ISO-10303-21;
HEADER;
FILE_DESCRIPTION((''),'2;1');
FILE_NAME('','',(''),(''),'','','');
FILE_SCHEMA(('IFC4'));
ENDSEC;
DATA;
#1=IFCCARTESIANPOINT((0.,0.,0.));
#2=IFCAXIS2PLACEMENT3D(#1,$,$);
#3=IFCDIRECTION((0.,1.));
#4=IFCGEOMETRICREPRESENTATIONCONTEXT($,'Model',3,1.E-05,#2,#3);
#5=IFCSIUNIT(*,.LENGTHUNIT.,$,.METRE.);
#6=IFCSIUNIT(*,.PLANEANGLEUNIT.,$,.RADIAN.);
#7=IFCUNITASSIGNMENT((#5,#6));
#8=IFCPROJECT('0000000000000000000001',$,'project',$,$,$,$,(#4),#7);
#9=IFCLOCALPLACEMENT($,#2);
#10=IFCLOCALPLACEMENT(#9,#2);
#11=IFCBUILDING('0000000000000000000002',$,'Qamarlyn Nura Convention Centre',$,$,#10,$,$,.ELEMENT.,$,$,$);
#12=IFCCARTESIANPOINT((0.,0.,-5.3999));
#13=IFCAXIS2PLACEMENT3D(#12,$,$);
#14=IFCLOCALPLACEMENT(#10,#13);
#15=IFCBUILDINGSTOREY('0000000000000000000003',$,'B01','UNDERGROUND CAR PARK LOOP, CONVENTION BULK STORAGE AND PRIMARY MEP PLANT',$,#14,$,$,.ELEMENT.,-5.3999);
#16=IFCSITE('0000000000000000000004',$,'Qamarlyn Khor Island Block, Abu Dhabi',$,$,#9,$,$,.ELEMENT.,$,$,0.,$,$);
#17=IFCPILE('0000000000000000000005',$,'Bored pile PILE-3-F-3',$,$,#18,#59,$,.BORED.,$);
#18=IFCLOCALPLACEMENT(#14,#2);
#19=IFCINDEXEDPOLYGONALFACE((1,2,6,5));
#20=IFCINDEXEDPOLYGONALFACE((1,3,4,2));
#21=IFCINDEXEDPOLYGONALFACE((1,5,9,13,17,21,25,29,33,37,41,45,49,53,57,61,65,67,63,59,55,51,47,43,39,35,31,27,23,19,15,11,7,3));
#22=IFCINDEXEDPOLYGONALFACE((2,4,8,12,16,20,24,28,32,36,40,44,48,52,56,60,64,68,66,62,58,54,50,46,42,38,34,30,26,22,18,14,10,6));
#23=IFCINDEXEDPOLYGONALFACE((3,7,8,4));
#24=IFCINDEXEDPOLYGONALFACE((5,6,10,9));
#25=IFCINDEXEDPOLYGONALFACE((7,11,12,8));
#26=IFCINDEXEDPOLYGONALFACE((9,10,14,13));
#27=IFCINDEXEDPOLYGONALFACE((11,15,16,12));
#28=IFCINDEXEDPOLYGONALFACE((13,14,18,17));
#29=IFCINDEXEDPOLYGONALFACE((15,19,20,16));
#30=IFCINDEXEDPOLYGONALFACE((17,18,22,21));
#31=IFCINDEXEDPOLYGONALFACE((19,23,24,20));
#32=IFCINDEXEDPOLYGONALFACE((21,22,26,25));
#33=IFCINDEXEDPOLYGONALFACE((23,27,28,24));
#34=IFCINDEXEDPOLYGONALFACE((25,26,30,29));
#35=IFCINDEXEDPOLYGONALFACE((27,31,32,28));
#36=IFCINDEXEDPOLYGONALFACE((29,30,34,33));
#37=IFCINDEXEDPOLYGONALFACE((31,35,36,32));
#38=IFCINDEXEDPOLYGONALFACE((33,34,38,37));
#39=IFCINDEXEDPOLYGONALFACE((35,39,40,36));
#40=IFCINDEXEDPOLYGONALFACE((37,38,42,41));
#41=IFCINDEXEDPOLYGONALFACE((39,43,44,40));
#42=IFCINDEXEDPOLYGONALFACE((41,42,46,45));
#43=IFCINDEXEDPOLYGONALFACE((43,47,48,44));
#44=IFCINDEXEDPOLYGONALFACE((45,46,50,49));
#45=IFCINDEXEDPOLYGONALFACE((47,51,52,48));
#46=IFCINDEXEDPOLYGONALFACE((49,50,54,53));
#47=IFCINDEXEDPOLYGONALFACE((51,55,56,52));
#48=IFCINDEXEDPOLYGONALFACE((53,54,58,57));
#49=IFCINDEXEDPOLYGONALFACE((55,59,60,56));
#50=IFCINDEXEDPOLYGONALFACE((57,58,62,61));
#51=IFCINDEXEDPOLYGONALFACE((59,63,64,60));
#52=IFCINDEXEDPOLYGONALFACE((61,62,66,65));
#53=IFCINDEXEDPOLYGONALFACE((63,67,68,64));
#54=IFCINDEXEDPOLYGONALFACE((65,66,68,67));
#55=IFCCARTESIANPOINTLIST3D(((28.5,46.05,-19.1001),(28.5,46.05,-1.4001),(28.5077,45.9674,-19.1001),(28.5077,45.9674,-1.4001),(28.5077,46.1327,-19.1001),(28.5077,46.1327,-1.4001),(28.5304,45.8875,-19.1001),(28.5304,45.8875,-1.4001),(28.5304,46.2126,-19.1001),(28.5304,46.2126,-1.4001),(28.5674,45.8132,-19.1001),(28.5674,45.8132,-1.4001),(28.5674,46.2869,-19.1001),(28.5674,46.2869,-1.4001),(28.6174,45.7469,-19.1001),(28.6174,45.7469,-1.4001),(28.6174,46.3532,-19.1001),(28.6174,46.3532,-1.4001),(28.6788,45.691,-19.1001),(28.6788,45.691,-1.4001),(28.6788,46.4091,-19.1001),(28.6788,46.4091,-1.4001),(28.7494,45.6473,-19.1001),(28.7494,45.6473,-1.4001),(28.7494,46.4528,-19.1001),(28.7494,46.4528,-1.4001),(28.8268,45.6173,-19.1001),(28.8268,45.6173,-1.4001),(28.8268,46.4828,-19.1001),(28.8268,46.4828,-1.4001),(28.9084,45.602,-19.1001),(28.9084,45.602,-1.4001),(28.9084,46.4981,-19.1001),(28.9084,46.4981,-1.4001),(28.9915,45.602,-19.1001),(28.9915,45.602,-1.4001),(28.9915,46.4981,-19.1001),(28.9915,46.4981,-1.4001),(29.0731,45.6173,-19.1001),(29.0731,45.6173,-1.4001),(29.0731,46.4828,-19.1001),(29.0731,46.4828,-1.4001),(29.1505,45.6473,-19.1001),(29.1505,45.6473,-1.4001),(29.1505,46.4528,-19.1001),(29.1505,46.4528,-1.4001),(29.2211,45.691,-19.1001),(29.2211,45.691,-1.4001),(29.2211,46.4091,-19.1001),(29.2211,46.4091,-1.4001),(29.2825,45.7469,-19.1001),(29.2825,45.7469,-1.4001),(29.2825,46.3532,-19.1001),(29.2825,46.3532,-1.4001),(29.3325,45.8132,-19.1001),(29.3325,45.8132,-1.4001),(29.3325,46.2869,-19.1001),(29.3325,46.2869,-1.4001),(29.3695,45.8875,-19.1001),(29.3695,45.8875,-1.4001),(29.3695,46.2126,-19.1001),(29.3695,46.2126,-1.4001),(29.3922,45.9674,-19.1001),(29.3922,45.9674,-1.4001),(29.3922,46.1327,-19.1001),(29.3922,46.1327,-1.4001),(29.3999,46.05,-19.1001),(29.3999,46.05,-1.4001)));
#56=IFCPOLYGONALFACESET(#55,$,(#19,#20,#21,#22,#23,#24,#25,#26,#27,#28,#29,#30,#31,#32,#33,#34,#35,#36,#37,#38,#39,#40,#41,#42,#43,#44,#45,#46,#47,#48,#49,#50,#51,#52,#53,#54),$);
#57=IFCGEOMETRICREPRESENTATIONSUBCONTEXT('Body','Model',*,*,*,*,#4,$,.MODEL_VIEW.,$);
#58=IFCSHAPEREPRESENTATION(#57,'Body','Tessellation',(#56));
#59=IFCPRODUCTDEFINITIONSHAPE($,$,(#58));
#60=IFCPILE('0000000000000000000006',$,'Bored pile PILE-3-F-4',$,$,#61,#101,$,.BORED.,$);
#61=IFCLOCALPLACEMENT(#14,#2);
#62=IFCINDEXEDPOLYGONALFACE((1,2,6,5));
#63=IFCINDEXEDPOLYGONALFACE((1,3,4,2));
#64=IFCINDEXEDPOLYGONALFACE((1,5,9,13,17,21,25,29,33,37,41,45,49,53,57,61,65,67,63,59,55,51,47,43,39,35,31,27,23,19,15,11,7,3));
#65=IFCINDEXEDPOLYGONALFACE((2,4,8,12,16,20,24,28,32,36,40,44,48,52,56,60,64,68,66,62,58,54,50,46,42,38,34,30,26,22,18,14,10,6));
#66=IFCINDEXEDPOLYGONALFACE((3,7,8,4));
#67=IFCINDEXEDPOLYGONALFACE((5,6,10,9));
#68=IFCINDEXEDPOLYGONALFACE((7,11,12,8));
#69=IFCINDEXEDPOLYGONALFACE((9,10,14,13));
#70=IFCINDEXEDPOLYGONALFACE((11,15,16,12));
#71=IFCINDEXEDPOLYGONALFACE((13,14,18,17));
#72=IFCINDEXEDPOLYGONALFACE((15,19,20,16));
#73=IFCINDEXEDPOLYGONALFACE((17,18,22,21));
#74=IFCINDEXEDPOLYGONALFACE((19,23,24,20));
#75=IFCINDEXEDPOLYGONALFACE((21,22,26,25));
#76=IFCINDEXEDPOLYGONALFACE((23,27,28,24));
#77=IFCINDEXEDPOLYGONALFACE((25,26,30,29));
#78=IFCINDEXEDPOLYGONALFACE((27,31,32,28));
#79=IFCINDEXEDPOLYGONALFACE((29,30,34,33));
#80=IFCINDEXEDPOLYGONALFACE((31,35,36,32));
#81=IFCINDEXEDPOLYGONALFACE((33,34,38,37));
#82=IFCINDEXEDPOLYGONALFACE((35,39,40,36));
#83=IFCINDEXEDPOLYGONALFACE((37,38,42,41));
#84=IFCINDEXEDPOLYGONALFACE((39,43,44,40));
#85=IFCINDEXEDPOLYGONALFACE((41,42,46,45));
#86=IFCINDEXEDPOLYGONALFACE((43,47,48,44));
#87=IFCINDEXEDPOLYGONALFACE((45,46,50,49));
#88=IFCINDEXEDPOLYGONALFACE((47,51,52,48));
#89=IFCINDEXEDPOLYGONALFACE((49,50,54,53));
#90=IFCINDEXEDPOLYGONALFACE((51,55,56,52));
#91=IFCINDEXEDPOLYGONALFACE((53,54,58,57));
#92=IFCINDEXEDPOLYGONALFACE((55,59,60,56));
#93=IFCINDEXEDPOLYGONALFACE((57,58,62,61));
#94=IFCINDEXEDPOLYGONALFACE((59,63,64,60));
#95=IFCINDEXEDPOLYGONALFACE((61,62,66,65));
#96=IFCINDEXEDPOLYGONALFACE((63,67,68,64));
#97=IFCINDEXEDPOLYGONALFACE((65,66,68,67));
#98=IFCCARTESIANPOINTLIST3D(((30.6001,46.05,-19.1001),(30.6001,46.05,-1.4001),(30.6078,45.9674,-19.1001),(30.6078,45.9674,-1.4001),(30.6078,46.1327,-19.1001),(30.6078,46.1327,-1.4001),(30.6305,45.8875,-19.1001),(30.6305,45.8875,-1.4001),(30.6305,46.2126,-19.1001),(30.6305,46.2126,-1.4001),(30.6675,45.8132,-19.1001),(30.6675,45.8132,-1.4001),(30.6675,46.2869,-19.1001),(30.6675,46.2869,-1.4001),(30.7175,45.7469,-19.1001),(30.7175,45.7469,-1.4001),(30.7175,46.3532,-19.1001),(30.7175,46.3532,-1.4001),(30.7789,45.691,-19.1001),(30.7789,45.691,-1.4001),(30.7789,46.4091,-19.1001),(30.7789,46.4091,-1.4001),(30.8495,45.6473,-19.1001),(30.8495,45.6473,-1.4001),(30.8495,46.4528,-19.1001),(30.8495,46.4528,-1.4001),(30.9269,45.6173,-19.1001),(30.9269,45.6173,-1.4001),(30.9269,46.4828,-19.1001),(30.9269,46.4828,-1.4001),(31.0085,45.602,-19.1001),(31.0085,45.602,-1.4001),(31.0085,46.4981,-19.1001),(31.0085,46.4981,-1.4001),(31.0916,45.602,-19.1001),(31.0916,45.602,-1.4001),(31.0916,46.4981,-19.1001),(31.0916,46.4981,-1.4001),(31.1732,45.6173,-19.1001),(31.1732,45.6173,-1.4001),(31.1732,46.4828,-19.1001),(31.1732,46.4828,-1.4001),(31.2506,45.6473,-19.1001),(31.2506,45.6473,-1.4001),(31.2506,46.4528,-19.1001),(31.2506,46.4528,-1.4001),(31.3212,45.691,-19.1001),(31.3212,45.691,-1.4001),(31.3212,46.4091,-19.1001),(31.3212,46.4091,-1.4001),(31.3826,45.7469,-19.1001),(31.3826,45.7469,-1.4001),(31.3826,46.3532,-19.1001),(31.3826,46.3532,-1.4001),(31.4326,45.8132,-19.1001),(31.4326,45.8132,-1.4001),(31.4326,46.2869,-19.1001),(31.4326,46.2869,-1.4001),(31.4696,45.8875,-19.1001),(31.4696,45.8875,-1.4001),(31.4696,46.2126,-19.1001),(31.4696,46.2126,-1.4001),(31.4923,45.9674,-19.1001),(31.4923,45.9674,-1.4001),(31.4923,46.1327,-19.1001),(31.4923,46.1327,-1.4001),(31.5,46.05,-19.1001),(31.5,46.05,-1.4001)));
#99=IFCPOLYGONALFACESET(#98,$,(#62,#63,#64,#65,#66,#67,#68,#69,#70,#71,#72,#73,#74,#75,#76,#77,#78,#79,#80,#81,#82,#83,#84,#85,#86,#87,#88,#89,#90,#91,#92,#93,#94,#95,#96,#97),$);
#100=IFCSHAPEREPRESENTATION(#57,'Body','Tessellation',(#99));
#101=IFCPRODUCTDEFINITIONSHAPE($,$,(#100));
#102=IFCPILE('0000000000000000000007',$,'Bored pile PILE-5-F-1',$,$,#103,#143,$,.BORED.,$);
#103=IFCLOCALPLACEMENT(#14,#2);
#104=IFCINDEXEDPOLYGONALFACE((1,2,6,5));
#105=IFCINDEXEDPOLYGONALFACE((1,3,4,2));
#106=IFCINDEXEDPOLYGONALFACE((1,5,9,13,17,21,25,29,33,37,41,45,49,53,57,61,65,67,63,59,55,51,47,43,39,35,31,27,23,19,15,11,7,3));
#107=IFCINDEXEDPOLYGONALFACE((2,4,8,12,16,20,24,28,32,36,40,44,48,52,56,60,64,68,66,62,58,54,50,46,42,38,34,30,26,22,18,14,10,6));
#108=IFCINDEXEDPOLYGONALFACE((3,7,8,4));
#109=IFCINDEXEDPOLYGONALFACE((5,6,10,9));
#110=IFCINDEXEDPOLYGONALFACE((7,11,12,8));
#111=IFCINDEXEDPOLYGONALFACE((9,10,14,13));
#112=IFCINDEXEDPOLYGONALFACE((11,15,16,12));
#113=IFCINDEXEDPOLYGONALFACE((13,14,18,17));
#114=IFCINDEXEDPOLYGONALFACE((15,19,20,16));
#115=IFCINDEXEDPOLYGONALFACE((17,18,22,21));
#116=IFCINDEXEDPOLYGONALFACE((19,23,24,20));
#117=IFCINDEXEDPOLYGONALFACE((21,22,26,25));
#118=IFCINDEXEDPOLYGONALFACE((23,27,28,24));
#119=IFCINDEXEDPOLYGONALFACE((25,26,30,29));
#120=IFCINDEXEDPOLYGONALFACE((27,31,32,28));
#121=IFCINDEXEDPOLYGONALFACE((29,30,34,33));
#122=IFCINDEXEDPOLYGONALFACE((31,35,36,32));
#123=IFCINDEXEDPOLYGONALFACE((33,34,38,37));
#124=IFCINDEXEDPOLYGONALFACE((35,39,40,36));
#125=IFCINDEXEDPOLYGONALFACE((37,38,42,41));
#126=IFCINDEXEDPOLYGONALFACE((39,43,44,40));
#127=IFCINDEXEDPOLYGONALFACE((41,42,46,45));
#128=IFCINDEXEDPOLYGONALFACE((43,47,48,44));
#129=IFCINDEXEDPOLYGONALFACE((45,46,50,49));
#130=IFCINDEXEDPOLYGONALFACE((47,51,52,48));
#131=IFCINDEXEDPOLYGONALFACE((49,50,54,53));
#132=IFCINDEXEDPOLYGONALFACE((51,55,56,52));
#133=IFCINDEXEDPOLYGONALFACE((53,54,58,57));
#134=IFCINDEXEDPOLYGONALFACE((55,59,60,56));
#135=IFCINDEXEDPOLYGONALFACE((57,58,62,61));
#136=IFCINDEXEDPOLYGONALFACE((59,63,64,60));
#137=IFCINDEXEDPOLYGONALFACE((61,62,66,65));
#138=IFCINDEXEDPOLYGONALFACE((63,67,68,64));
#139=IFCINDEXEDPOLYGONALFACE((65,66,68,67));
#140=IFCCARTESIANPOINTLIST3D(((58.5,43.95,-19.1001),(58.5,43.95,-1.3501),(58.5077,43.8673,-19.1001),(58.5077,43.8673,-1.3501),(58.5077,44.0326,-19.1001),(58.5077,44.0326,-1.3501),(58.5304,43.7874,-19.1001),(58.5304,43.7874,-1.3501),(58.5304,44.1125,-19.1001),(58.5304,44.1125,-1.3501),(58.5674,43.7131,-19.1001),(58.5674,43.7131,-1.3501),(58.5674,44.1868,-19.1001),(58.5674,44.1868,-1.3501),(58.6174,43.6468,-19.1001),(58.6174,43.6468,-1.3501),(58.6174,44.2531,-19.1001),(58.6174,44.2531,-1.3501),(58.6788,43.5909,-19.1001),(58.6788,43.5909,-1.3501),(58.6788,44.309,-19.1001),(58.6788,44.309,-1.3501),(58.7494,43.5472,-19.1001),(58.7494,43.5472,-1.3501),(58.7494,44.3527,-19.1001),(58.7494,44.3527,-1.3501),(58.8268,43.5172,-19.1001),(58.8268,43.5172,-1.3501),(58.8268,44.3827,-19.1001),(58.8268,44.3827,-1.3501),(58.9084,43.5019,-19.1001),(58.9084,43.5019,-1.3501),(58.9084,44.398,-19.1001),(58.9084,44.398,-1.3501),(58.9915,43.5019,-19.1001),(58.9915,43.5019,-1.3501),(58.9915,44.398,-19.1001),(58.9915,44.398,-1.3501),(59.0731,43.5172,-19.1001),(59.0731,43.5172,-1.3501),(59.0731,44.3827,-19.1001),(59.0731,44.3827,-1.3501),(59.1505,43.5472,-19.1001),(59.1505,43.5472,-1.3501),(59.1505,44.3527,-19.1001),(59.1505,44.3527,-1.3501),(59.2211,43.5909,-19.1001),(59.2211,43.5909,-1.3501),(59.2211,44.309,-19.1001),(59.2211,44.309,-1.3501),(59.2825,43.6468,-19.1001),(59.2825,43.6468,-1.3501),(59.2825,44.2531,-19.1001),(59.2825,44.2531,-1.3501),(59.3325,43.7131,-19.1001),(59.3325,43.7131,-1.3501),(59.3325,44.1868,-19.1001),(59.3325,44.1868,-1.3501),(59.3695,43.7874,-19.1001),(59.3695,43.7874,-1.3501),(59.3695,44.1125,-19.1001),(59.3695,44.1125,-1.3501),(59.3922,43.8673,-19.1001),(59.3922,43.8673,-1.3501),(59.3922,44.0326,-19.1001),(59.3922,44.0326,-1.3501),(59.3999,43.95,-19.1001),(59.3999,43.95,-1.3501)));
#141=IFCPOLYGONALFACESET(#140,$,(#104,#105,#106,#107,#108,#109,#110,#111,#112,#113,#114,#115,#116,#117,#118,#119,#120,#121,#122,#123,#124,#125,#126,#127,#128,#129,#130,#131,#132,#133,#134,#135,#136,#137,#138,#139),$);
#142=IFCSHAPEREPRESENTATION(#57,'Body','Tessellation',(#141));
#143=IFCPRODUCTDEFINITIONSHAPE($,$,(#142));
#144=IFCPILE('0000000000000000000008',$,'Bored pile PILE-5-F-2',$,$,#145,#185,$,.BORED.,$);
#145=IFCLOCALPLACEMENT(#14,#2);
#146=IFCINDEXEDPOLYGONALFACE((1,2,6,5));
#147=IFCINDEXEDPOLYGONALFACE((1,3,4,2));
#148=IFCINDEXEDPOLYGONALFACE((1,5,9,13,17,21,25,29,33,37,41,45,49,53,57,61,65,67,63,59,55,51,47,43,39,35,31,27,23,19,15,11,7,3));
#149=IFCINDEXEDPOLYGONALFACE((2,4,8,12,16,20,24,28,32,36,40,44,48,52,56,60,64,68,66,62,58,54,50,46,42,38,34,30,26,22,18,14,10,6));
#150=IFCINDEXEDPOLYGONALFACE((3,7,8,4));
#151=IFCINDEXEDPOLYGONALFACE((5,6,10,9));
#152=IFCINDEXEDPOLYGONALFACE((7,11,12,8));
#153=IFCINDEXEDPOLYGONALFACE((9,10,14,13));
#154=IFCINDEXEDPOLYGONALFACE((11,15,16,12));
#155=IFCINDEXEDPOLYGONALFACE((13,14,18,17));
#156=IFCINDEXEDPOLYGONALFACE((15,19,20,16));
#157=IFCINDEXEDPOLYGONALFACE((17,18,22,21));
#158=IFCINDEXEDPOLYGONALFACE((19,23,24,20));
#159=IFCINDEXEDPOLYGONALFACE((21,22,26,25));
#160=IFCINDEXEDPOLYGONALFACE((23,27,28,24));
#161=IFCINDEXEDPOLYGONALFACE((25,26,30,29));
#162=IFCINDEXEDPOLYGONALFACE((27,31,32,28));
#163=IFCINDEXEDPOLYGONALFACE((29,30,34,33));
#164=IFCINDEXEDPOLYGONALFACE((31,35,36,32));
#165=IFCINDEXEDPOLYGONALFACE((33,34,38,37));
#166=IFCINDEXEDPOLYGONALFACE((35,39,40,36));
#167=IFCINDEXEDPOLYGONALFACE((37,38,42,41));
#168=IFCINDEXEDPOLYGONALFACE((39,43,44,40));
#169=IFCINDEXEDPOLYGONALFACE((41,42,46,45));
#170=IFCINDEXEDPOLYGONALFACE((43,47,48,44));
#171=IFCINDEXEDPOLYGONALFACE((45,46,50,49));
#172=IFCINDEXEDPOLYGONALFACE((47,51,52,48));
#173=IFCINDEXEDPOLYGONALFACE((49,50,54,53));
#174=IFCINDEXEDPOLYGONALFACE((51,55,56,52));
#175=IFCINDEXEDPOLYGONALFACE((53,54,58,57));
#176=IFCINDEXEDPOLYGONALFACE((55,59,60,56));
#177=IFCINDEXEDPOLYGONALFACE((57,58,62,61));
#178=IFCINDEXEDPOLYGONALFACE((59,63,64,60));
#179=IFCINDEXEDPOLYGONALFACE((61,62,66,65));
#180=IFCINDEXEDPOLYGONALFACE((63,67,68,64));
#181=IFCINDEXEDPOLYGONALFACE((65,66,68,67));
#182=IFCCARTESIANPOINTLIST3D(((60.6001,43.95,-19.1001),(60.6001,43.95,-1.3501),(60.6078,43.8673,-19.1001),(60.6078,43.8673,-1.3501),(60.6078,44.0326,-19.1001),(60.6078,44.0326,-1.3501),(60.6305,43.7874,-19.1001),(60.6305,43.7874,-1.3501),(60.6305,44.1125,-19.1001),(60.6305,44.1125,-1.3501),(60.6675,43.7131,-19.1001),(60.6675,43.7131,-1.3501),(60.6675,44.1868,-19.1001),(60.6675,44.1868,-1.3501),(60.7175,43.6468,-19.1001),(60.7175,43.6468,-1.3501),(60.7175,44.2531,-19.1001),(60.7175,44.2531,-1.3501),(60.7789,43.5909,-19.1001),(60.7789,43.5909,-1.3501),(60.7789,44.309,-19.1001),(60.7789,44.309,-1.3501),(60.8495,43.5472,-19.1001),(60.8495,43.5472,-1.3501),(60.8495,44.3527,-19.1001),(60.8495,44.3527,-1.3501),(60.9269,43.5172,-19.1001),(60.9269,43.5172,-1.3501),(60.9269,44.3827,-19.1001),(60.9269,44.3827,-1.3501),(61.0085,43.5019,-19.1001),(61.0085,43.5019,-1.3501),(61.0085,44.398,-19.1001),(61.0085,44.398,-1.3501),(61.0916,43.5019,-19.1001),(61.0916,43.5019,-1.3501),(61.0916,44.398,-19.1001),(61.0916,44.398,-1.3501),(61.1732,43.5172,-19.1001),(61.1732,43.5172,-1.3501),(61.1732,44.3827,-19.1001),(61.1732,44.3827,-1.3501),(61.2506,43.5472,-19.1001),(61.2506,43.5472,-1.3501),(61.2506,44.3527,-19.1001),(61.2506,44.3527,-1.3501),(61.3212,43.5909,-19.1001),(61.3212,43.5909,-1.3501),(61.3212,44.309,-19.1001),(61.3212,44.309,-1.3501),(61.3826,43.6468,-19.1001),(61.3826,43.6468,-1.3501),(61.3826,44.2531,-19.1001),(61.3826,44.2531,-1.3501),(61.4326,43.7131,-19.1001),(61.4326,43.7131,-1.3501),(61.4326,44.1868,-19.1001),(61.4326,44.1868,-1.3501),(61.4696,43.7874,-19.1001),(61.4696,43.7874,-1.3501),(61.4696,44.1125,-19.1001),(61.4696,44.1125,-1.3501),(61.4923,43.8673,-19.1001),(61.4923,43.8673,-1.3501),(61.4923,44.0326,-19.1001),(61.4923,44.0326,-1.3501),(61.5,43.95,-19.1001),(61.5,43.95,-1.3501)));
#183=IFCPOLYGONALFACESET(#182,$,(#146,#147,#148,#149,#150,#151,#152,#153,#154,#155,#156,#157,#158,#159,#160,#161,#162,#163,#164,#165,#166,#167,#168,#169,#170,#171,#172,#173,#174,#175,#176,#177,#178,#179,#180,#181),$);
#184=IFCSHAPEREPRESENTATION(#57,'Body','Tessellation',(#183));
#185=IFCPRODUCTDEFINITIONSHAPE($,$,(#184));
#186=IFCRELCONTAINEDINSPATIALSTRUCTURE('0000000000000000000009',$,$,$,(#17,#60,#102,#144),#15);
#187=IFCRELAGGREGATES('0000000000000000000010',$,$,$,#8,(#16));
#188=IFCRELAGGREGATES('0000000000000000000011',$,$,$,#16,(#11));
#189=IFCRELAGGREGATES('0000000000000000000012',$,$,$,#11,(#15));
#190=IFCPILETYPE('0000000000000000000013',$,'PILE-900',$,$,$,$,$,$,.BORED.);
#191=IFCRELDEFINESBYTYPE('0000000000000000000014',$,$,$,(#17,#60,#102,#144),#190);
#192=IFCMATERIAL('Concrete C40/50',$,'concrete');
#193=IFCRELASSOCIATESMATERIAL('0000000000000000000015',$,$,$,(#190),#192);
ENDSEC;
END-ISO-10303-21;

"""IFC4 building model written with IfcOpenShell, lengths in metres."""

from ifc_helpers import new_model, si_unit, direction, frame, origin, origin_2d, place, context, subcontext, project, spatial, circle, extrude, material, material_profile, profile_set, type_object, element, save


model = new_model("IFC4")

# Units and contexts
model_context = context("Model", 3, precision=1e-05, world=origin(), true_north=direction((0.0, 1.0)))
body_context = subcontext(model_context, "Body", "Model", "MODEL_VIEW")
ifc_project = project(units=[si_unit("LENGTHUNIT", "METRE"), si_unit("PLANEANGLEUNIT", "RADIAN")], contexts=[model_context])

# Site, building, storey
site_placement = place(None, origin())
site = spatial("IfcSite", under=ifc_project, at=site_placement, Name="Qamarlyn Khor Island Block, Abu Dhabi", CompositionType="ELEMENT", RefElevation=0.0)
building_placement = place(site_placement, origin())
building = spatial("IfcBuilding", under=site, at=building_placement, Name="Qamarlyn Nura Convention Centre", CompositionType="ELEMENT")
storey_placement = place(building_placement, frame((0.0, 0.0, -5.3999)))
storey = spatial("IfcBuildingStorey", under=building, at=storey_placement, Name="B01", Description="UNDERGROUND CAR PARK LOOP, CONVENTION BULK STORAGE AND PRIMARY MEP PLANT", CompositionType="ELEMENT", Elevation=-5.3999)

# Shared definitions
ifc_material_1 = material(Name="Concrete C40/50", Category="concrete")

# Piles
ifc_material_profile_1 = material_profile(ifc_material_1, circle(Radius=0.45, at=origin_2d()), Name="BORED PILE 900")
ifc_profile_set_1 = profile_set([ifc_material_profile_1], Name="Concrete C40/50")
pile_type_1 = type_object("IfcPileType", Name="PILE-900", PredefinedType="BORED", material=ifc_profile_set_1)
for number, where, z_axis, x_axis, name in (
    (1, (28.95, 46.05, -1.4001), (0.0, 0.0, -1.0), (1.0, 0.0, 0.0), "Bored pile PILE-3-F-3"),
    (2, (31.05, 46.05, -1.4001), (0.0, 0.0, -1.0), (1.0, 0.0, 0.0), "Bored pile PILE-3-F-4"),
):
    element("IfcPile", number, at=place(storey_placement, frame(where, z_axis=z_axis, x_axis=x_axis)), inside=storey, type_object=pile_type_1, Name=name, PredefinedType="BORED", context=body_context, shape_type="SweptSolid", body=[
        extrude(circle(Radius=0.45, at=origin_2d()), origin(), (0.0, 0.0, 1.0), 17.7),
    ])
for number, where, z_axis, x_axis, name in (
    (3, (58.95, 43.95, -1.3501), (0.0, 0.0, -1.0), (1.0, 0.0, 0.0), "Bored pile PILE-5-F-1"),
    (4, (61.05, 43.95, -1.3501), (0.0, 0.0, -1.0), (1.0, 0.0, 0.0), "Bored pile PILE-5-F-2"),
):
    element("IfcPile", number, at=place(storey_placement, frame(where, z_axis=z_axis, x_axis=x_axis)), inside=storey, type_object=pile_type_1, Name=name, PredefinedType="BORED", context=body_context, shape_type="SweptSolid", body=[
        extrude(circle(Radius=0.45, at=origin_2d()), origin(), (0.0, 0.0, 1.0), 17.75),
    ])

save(model, "model.ifc")
